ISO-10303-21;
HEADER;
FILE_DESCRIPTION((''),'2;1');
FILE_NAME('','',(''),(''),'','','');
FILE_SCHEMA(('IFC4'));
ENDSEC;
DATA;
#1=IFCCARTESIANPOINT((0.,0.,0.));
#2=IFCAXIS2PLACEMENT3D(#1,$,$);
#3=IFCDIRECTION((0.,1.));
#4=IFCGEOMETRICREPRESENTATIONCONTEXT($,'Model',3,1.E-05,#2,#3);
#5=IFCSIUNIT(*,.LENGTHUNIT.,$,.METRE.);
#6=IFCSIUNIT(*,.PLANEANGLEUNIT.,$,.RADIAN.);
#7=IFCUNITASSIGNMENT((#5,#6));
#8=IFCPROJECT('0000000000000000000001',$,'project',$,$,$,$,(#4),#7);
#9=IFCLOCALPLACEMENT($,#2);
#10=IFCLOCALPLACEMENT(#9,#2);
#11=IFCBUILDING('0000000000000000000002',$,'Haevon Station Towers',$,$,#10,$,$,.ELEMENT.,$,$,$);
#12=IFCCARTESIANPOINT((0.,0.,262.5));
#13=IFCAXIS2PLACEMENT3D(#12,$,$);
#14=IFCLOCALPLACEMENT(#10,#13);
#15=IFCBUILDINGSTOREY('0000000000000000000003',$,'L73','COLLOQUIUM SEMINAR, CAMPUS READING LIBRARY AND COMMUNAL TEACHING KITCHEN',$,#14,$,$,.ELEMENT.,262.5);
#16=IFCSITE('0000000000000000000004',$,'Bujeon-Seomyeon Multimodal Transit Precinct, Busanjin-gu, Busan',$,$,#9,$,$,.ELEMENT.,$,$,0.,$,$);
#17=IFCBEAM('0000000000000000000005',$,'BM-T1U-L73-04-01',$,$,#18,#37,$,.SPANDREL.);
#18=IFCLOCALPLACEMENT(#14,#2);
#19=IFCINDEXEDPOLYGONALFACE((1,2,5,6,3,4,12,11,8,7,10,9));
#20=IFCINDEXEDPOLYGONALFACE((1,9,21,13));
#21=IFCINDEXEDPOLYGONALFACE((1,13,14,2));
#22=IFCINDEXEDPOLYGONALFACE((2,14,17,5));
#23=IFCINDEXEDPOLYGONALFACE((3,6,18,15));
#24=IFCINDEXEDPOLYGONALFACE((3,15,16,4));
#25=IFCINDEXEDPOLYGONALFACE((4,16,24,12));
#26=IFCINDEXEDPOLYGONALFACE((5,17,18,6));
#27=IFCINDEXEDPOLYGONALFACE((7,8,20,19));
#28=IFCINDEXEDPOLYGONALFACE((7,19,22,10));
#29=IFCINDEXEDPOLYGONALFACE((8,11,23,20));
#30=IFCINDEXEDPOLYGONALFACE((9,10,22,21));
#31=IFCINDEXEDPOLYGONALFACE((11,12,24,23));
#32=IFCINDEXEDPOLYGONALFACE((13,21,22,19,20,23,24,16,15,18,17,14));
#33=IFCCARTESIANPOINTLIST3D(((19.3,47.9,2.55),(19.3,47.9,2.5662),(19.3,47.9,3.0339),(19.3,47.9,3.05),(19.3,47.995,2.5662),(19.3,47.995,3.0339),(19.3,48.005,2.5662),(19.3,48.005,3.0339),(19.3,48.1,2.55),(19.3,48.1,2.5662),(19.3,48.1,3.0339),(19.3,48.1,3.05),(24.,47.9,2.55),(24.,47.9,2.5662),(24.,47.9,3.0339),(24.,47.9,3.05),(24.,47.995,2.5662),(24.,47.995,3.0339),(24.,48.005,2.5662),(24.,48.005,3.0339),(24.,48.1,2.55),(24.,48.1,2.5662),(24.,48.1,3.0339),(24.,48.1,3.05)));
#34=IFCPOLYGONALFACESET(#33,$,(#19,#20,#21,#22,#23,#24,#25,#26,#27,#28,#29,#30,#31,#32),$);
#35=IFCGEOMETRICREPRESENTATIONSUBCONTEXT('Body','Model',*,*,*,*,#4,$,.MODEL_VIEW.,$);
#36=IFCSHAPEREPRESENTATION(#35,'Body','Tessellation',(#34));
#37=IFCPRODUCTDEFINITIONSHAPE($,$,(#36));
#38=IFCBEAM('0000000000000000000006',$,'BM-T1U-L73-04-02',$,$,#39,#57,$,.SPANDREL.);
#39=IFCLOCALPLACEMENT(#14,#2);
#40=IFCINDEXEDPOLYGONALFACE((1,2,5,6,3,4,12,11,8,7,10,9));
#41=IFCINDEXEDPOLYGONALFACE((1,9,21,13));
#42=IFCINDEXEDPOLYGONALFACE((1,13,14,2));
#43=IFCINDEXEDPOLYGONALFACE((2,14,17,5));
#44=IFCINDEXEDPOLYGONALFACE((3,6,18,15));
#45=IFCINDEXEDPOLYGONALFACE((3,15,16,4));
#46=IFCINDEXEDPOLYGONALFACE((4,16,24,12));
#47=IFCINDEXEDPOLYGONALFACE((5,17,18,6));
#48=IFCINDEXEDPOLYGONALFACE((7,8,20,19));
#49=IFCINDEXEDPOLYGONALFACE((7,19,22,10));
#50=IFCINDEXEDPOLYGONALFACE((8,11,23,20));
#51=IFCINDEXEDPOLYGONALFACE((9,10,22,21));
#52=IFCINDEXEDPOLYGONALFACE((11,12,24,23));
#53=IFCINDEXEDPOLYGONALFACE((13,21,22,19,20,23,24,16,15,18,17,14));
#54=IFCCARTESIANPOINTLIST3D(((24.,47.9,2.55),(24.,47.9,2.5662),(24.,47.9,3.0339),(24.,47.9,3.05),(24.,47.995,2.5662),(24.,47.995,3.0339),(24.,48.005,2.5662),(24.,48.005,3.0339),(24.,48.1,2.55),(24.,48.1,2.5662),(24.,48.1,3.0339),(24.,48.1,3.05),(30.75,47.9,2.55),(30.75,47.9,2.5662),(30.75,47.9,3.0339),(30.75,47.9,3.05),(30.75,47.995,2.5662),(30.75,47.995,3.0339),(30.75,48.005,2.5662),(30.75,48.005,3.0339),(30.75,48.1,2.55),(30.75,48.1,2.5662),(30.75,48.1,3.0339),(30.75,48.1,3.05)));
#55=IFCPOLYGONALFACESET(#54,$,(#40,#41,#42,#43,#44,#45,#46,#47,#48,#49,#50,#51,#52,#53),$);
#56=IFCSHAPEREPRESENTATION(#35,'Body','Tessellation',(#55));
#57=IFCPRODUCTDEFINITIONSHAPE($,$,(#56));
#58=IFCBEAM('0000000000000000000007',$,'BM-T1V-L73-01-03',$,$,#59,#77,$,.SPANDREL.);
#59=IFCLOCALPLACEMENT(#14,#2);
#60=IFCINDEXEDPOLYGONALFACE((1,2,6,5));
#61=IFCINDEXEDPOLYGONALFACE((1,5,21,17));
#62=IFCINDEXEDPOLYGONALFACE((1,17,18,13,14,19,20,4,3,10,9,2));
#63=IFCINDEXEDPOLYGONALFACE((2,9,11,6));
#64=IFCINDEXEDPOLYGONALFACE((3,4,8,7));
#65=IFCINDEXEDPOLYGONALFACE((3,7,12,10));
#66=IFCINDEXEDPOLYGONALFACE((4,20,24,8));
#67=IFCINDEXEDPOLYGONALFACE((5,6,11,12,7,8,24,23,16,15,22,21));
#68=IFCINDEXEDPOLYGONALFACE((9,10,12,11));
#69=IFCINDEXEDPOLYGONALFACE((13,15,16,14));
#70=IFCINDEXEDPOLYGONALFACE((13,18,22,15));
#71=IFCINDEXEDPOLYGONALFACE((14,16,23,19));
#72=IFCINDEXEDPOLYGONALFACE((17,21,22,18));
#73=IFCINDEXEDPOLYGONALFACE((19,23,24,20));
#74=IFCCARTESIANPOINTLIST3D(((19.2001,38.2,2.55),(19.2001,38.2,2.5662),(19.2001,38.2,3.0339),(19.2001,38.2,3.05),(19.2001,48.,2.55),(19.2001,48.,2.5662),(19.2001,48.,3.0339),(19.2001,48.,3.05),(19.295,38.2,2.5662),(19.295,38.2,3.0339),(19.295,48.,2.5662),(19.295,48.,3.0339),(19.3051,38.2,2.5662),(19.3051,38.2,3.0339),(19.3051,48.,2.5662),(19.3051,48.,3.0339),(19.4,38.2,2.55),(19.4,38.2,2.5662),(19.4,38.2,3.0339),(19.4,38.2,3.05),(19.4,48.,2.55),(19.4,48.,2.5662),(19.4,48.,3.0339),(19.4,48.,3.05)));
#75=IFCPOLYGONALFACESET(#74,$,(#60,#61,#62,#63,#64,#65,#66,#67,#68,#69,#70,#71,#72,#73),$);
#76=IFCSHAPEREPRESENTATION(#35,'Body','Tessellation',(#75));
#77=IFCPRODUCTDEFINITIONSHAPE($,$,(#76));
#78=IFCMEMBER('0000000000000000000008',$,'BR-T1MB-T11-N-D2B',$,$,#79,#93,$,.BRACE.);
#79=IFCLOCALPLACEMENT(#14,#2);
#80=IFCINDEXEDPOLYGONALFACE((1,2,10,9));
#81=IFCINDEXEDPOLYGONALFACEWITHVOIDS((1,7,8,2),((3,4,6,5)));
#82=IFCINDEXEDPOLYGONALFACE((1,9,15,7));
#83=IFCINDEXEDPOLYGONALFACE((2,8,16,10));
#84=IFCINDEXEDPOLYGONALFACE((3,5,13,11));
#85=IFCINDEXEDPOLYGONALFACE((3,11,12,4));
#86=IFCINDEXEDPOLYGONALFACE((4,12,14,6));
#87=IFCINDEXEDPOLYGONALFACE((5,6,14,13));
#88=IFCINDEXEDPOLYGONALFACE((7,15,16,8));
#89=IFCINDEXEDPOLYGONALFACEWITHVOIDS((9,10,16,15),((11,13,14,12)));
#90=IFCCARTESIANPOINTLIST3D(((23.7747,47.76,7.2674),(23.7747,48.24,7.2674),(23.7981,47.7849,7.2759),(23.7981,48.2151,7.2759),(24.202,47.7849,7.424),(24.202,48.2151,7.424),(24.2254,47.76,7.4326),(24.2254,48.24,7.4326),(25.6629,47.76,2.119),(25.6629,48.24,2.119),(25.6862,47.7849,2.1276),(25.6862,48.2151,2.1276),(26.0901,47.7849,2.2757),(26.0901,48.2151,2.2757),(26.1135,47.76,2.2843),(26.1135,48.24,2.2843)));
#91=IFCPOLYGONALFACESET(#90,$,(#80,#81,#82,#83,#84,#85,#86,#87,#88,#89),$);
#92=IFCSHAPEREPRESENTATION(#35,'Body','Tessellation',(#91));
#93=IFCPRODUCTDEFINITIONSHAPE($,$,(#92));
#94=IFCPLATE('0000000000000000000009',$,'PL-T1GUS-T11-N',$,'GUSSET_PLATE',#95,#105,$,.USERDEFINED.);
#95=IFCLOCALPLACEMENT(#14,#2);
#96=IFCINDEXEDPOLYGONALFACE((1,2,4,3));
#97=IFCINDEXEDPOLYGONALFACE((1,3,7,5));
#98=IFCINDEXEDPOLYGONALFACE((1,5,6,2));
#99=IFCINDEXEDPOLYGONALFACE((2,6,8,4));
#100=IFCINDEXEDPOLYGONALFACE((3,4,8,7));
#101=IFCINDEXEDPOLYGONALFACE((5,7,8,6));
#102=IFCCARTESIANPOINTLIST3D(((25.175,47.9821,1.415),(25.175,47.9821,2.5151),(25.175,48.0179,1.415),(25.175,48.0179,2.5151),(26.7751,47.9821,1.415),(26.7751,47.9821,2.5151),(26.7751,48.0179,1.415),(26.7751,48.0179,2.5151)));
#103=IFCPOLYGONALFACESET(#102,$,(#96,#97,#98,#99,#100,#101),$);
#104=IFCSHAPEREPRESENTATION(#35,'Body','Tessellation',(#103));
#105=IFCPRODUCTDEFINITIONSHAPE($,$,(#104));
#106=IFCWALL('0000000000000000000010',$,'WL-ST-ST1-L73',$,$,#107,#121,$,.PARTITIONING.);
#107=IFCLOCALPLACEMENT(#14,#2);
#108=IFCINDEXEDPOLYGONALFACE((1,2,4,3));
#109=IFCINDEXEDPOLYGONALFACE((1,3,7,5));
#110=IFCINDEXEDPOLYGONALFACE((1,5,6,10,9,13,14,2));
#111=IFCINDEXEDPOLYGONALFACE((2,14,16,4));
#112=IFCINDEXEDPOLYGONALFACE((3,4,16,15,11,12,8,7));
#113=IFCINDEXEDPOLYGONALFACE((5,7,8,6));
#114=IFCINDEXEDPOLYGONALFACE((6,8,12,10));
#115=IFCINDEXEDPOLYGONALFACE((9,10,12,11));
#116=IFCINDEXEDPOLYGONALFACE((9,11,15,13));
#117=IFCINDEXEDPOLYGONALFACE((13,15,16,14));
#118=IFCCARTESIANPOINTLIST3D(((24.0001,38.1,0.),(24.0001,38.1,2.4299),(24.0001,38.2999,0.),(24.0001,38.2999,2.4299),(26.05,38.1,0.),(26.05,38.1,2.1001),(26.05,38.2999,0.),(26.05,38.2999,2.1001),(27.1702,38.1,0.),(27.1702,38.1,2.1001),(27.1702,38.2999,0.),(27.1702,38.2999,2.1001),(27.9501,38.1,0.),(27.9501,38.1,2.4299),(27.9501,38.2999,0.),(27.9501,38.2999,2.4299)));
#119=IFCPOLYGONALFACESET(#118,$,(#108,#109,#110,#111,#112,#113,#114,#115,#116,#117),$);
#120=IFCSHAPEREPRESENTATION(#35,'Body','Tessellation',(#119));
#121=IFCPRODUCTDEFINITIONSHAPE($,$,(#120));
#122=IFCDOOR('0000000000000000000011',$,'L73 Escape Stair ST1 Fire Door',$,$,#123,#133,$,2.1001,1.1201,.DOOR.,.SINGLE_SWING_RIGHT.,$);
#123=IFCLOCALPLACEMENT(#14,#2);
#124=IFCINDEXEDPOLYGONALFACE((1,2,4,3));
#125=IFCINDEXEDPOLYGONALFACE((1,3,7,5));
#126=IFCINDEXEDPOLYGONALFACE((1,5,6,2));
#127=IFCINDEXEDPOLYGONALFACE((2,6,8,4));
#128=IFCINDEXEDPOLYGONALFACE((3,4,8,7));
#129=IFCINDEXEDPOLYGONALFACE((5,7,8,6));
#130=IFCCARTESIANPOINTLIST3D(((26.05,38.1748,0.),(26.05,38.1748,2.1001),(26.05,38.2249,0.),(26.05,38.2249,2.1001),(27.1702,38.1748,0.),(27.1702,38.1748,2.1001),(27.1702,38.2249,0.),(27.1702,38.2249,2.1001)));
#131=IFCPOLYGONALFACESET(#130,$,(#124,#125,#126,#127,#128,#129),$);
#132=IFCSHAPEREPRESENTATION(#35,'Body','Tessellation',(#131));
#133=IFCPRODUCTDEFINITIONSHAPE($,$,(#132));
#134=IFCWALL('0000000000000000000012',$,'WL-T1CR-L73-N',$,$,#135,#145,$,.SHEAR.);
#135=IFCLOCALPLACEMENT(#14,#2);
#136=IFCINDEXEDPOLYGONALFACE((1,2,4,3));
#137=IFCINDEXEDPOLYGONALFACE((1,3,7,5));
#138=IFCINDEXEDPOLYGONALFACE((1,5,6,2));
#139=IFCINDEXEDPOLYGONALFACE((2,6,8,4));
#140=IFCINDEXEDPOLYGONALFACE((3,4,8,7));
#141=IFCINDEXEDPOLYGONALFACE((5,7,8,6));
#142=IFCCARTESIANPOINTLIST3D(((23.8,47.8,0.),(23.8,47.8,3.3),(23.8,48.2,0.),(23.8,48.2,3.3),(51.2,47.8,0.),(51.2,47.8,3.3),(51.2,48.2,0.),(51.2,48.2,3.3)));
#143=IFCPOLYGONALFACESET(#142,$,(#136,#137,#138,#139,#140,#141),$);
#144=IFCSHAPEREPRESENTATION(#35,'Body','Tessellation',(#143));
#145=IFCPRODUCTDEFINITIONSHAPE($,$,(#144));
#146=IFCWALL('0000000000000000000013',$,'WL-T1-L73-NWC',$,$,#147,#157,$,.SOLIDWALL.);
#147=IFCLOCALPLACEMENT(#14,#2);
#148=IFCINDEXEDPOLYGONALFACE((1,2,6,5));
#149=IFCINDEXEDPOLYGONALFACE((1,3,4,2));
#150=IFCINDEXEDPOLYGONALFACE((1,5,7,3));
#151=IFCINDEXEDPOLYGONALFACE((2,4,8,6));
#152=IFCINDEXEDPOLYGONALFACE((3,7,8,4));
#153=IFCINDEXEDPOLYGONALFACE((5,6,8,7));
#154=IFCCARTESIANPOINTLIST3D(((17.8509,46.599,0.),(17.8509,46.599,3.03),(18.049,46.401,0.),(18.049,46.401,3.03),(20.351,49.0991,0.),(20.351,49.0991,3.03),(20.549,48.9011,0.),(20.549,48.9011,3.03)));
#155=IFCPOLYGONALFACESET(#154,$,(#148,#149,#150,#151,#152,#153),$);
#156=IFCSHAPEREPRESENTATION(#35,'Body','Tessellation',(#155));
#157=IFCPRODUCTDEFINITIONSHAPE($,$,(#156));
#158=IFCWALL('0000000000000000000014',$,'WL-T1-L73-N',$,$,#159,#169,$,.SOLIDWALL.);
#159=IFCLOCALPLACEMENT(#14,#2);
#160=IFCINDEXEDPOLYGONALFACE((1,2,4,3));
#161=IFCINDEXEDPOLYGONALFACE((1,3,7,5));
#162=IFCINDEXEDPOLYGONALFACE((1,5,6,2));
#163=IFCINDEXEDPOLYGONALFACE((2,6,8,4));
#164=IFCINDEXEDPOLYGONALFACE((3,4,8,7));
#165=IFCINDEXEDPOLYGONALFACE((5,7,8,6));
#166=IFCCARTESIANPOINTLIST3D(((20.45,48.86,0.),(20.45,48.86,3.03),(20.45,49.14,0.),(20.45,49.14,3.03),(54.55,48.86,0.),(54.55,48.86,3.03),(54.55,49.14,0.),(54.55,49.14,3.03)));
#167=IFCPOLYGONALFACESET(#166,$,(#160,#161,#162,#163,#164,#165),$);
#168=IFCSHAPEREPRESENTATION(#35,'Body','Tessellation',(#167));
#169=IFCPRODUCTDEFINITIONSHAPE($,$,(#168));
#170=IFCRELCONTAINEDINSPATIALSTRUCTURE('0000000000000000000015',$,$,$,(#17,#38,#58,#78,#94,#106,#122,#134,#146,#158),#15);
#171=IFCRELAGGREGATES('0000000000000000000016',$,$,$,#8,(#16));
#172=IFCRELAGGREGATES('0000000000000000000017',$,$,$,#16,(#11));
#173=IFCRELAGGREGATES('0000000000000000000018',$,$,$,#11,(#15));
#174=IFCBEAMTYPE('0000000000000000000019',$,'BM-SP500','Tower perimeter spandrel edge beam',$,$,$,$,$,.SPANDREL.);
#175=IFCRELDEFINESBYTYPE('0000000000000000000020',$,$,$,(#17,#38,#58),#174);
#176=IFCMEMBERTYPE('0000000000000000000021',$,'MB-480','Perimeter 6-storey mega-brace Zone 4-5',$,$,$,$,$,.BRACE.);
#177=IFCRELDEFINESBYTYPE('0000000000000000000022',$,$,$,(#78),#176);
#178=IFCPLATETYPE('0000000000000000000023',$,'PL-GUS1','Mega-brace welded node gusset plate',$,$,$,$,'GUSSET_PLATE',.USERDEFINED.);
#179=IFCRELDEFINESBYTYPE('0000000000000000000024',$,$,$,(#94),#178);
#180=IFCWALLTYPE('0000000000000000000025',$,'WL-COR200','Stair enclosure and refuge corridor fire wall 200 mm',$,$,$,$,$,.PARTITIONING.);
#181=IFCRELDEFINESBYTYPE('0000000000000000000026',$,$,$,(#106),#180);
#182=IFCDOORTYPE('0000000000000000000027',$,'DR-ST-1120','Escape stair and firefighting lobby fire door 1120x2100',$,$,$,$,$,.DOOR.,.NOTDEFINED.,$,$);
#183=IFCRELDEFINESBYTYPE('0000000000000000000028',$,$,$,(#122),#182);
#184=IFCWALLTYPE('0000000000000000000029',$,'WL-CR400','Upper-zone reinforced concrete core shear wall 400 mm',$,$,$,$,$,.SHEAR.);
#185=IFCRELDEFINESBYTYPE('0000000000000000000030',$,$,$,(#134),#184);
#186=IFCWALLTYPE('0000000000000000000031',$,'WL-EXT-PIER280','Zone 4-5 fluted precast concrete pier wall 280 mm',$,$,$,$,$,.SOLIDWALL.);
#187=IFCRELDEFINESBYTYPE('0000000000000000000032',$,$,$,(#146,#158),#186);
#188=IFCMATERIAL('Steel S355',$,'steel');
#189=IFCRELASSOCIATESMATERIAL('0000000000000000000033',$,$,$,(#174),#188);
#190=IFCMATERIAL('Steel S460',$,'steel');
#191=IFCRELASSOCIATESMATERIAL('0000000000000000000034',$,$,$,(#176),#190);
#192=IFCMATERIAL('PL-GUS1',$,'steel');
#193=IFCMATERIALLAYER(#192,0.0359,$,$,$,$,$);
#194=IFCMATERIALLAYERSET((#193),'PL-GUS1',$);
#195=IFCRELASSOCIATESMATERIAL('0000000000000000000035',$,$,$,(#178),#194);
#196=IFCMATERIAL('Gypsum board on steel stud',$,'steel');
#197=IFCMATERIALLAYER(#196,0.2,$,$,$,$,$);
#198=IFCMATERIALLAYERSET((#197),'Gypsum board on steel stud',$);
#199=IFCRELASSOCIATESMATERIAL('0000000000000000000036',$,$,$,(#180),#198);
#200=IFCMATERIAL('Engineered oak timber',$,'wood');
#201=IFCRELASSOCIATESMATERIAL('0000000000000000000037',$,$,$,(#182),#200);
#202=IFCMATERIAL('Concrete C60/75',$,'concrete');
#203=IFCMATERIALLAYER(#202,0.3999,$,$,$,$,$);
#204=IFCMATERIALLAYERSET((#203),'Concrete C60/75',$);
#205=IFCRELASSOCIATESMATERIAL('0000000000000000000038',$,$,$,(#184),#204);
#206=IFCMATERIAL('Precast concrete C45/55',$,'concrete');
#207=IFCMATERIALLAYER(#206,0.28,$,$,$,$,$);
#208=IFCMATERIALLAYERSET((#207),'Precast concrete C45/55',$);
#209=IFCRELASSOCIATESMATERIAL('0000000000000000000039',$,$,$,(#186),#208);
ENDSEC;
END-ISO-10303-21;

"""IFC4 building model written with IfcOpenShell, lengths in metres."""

from ifc_helpers import new_model, si_unit, direction, frame, frame_2d, origin, origin_2d, place, context, subcontext, project, spatial, rectangle, hollow_rectangle, i_section, extrude, material, layer, layer_set, material_profile, profile_set, type_object, element, fill, save


model = new_model("IFC4")

# Units and contexts
model_context = context("Model", 3, precision=1e-05, world=origin(), true_north=direction((0.0, 1.0)))
body_context = subcontext(model_context, "Body", "Model", "MODEL_VIEW")
ifc_project = project(units=[si_unit("LENGTHUNIT", "METRE"), si_unit("PLANEANGLEUNIT", "RADIAN")], contexts=[model_context])

# Site, building, storey
site_placement = place(None, origin())
site = spatial("IfcSite", under=ifc_project, at=site_placement, Name="Bujeon-Seomyeon Multimodal Transit Precinct, Busanjin-gu, Busan", CompositionType="ELEMENT", RefElevation=0.0)
building_placement = place(site_placement, origin())
building = spatial("IfcBuilding", under=site, at=building_placement, Name="Haevon Station Towers", CompositionType="ELEMENT")
storey_placement = place(building_placement, frame((0.0, 0.0, 262.5)))
storey = spatial("IfcBuildingStorey", under=building, at=storey_placement, Name="L73", Description="COLLOQUIUM SEMINAR, CAMPUS READING LIBRARY AND COMMUNAL TEACHING KITCHEN", CompositionType="ELEMENT", Elevation=262.5)

# Shared definitions
ifc_material_1 = material(Name="Steel S460", Category="steel")
ifc_material_2 = material(Name="Steel S355", Category="steel")

# Beams
ifc_material_profile_1 = material_profile(ifc_material_2, i_section(OverallWidth=0.2, OverallDepth=0.5, WebThickness=0.01, FlangeThickness=0.0161, at=origin_2d()), Name="H-500x200x10x16")
ifc_profile_set_1 = profile_set([ifc_material_profile_1], Name="Steel S355")
beam_type_1 = type_object("IfcBeamType", Name="BM-SP500", Description="Tower perimeter spandrel edge beam", PredefinedType="SPANDREL", material=ifc_profile_set_1)
beam_1_placement = place(storey_placement, frame((19.3, 48.0, 2.8), z_axis=(1.0, 0.0, 0.0), x_axis=(0.0, 1.0, 0.0)))
element("IfcBeam", 1, at=beam_1_placement, inside=storey, type_object=beam_type_1, Name="BM-T1U-L73-04-01", PredefinedType="SPANDREL", context=body_context, shape_type="SweptSolid", body=[
    extrude(i_section(OverallWidth=0.2, OverallDepth=0.5, WebThickness=0.01, FlangeThickness=0.0161, at=origin_2d()), origin(), (0.0, 0.0, 1.0), 4.7),
])
beam_2_placement = place(storey_placement, frame((24.0, 48.0, 2.8), z_axis=(1.0, 0.0, 0.0), x_axis=(0.0, 1.0, 0.0)))
element("IfcBeam", 2, at=beam_2_placement, inside=storey, type_object=beam_type_1, Name="BM-T1U-L73-04-02", PredefinedType="SPANDREL", context=body_context, shape_type="SweptSolid", body=[
    extrude(i_section(OverallWidth=0.2, OverallDepth=0.5, WebThickness=0.01, FlangeThickness=0.0161, at=origin_2d()), origin(), (0.0, 0.0, 1.0), 6.75),
])
beam_3_placement = place(storey_placement, frame((19.3, 38.2, 2.8), z_axis=(0.0, 1.0, 0.0), x_axis=(-1.0, 0.0, 0.0)))
element("IfcBeam", 3, at=beam_3_placement, inside=storey, type_object=beam_type_1, Name="BM-T1V-L73-01-03", PredefinedType="SPANDREL", context=body_context, shape_type="SweptSolid", body=[
    extrude(i_section(OverallWidth=0.2, OverallDepth=0.5, WebThickness=0.01, FlangeThickness=0.0161, at=origin_2d()), origin(), (0.0, 0.0, 1.0), 9.8),
])

# Member
ifc_material_profile_2 = material_profile(ifc_material_1, hollow_rectangle(XDim=0.48, YDim=0.48, WallThickness=0.0249, at=origin_2d()), Name="RHS-480x480x25")
ifc_profile_set_2 = profile_set([ifc_material_profile_2], Name="Steel S460")
member_type = type_object("IfcMemberType", Name="MB-480", Description="Perimeter 6-storey mega-brace Zone 4-5", PredefinedType="BRACE", material=ifc_profile_set_2)
member_placement = place(storey_placement, frame((25.8882, 48.0, 2.2017), z_axis=(-0.344323, 0.0, 0.938851), x_axis=(0.0, -1.0, 0.0)))
element("IfcMember", 4, at=member_placement, inside=storey, type_object=member_type, Name="BR-T1MB-T11-N-D2B", PredefinedType="BRACE", context=body_context, shape_type="SweptSolid", body=[
    extrude(hollow_rectangle(XDim=0.48, YDim=0.48, WallThickness=0.0249, at=origin_2d()), origin(), (0.0, 0.0, 1.0), 5.4836),
])

# Plate
ifc_material_3 = material(Name="PL-GUS1", Category="steel")
ifc_layer_1 = layer(ifc_material_3, 0.0359)
ifc_layer_set_1 = layer_set([ifc_layer_1], Name="PL-GUS1")
plate_type = type_object("IfcPlateType", Name="PL-GUS1", Description="Mega-brace welded node gusset plate", ElementType="GUSSET_PLATE", PredefinedType="USERDEFINED", material=ifc_layer_set_1)
plate_placement = place(storey_placement, frame((25.9751, 48.0, 1.415), z_axis=(0.0, 0.0, 1.0), x_axis=(1.0, 0.0, 0.0)))
element("IfcPlate", 5, at=plate_placement, inside=storey, type_object=plate_type, Name="PL-T1GUS-T11-N", ObjectType="GUSSET_PLATE", PredefinedType="USERDEFINED", context=body_context, shape_type="SweptSolid", body=[
    extrude(rectangle(XDim=1.6001, YDim=0.0359, at=origin_2d()), origin(), (0.0, 0.0, 1.0), 1.1001),
])

# Wall, opening, door
ifc_material_4 = material(Name="Gypsum board on steel stud", Category="steel")
ifc_layer_2 = layer(ifc_material_4, 0.2)
ifc_layer_set_2 = layer_set([ifc_layer_2], Name="Gypsum board on steel stud")
wall_type_1 = type_object("IfcWallType", Name="WL-COR200", Description="Stair enclosure and refuge corridor fire wall 200 mm", PredefinedType="PARTITIONING", material=ifc_layer_set_2)
wall_1_placement = place(storey_placement, frame((24.0, 38.2, 0.0), z_axis=(0.0, 0.0, 1.0), x_axis=(1.0, 0.0, 0.0)))
wall_1 = element("IfcWall", 6, at=wall_1_placement, inside=storey, type_object=wall_type_1, Name="WL-ST-ST1-L73", PredefinedType="PARTITIONING", context=body_context, shape_type="SweptSolid", body=[
    extrude(rectangle(XDim=3.95, YDim=0.2, at=frame_2d((1.9751, 0.0))), origin(), (0.0, 0.0, 1.0), 2.4299),
])
opening_placement = place(wall_1_placement, frame((2.05, 0.0, 0.0)))
opening = element("IfcOpeningElement", 7, at=opening_placement, cuts=wall_1, PredefinedType="OPENING", context=body_context, shape_type="SweptSolid", body=[
    extrude(rectangle(XDim=1.1201, YDim=2.1001, at=frame_2d((0.5601, 1.05))), frame((0.0, 0.1099, 0.0), z_axis=(0.0, -1.0, 0.0), x_axis=(1.0, 0.0, 0.0)), (0.0, 0.0, 1.0), 0.22),
])
ifc_material_5 = material(Name="Engineered oak timber", Category="wood")
door_type = type_object("IfcDoorType", Name="DR-ST-1120", Description="Escape stair and firefighting lobby fire door 1120x2100", OperationType="NOTDEFINED", PredefinedType="DOOR", material=ifc_material_5)
door_placement = place(opening_placement, origin())
door = element("IfcDoor", 8, at=door_placement, inside=storey, type_object=door_type, Name="L73 Escape Stair ST1 Fire Door", OperationType="SINGLE_SWING_RIGHT", OverallHeight=2.1001, OverallWidth=1.1201, PredefinedType="DOOR", context=body_context, shape_type="SweptSolid", body=[
    extrude(rectangle(XDim=1.1201, YDim=2.1001, at=frame_2d((0.5601, 1.05))), frame((0.0, 0.0249, 0.0), z_axis=(0.0, -1.0, 0.0), x_axis=(1.0, 0.0, 0.0)), (0.0, 0.0, 1.0), 0.05),
])
fill(opening, door)

# Walls
ifc_material_6 = material(Name="Concrete C60/75", Category="concrete")
ifc_layer_3 = layer(ifc_material_6, 0.3999)
ifc_layer_set_3 = layer_set([ifc_layer_3], Name="Concrete C60/75")
wall_type_2 = type_object("IfcWallType", Name="WL-CR400", Description="Upper-zone reinforced concrete core shear wall 400 mm", PredefinedType="SHEAR", material=ifc_layer_set_3)
wall_2_placement = place(storey_placement, frame((23.8, 48.0, 0.0), z_axis=(0.0, 0.0, 1.0), x_axis=(1.0, 0.0, 0.0)))
element("IfcWall", 9, at=wall_2_placement, inside=storey, type_object=wall_type_2, Name="WL-T1CR-L73-N", PredefinedType="SHEAR", context=body_context, shape_type="SweptSolid", body=[
    extrude(rectangle(XDim=27.3999, YDim=0.3999, at=frame_2d((13.7, 0.0))), origin(), (0.0, 0.0, 1.0), 3.3),
])
ifc_material_7 = material(Name="Precast concrete C45/55", Category="concrete")
ifc_layer_4 = layer(ifc_material_7, 0.28)
ifc_layer_set_4 = layer_set([ifc_layer_4], Name="Precast concrete C45/55")
wall_type_3 = type_object("IfcWallType", Name="WL-EXT-PIER280", Description="Zone 4-5 fluted precast concrete pier wall 280 mm", PredefinedType="SOLIDWALL", material=ifc_layer_set_4)
wall_3_placement = place(storey_placement, frame((17.95, 46.5, 0.0), z_axis=(0.0, 0.0, 1.0), x_axis=(0.707107, 0.707107, 0.0)))
element("IfcWall", 10, at=wall_3_placement, inside=storey, type_object=wall_type_3, Name="WL-T1-L73-NWC", PredefinedType="SOLIDWALL", context=body_context, shape_type="SweptSolid", body=[
    extrude(rectangle(XDim=3.5356, YDim=0.28, at=frame_2d((1.7678, 0.0))), origin(), (0.0, 0.0, 1.0), 3.03),
])
wall_4_placement = place(storey_placement, frame((20.45, 49.0, 0.0), z_axis=(0.0, 0.0, 1.0), x_axis=(1.0, 0.0, 0.0)))
element("IfcWall", 11, at=wall_4_placement, inside=storey, type_object=wall_type_3, Name="WL-T1-L73-N", PredefinedType="SOLIDWALL", context=body_context, shape_type="SweptSolid", body=[
    extrude(rectangle(XDim=34.1001, YDim=0.28, at=frame_2d((17.05, 0.0))), origin(), (0.0, 0.0, 1.0), 3.03),
])

save(model, "model.ifc")
